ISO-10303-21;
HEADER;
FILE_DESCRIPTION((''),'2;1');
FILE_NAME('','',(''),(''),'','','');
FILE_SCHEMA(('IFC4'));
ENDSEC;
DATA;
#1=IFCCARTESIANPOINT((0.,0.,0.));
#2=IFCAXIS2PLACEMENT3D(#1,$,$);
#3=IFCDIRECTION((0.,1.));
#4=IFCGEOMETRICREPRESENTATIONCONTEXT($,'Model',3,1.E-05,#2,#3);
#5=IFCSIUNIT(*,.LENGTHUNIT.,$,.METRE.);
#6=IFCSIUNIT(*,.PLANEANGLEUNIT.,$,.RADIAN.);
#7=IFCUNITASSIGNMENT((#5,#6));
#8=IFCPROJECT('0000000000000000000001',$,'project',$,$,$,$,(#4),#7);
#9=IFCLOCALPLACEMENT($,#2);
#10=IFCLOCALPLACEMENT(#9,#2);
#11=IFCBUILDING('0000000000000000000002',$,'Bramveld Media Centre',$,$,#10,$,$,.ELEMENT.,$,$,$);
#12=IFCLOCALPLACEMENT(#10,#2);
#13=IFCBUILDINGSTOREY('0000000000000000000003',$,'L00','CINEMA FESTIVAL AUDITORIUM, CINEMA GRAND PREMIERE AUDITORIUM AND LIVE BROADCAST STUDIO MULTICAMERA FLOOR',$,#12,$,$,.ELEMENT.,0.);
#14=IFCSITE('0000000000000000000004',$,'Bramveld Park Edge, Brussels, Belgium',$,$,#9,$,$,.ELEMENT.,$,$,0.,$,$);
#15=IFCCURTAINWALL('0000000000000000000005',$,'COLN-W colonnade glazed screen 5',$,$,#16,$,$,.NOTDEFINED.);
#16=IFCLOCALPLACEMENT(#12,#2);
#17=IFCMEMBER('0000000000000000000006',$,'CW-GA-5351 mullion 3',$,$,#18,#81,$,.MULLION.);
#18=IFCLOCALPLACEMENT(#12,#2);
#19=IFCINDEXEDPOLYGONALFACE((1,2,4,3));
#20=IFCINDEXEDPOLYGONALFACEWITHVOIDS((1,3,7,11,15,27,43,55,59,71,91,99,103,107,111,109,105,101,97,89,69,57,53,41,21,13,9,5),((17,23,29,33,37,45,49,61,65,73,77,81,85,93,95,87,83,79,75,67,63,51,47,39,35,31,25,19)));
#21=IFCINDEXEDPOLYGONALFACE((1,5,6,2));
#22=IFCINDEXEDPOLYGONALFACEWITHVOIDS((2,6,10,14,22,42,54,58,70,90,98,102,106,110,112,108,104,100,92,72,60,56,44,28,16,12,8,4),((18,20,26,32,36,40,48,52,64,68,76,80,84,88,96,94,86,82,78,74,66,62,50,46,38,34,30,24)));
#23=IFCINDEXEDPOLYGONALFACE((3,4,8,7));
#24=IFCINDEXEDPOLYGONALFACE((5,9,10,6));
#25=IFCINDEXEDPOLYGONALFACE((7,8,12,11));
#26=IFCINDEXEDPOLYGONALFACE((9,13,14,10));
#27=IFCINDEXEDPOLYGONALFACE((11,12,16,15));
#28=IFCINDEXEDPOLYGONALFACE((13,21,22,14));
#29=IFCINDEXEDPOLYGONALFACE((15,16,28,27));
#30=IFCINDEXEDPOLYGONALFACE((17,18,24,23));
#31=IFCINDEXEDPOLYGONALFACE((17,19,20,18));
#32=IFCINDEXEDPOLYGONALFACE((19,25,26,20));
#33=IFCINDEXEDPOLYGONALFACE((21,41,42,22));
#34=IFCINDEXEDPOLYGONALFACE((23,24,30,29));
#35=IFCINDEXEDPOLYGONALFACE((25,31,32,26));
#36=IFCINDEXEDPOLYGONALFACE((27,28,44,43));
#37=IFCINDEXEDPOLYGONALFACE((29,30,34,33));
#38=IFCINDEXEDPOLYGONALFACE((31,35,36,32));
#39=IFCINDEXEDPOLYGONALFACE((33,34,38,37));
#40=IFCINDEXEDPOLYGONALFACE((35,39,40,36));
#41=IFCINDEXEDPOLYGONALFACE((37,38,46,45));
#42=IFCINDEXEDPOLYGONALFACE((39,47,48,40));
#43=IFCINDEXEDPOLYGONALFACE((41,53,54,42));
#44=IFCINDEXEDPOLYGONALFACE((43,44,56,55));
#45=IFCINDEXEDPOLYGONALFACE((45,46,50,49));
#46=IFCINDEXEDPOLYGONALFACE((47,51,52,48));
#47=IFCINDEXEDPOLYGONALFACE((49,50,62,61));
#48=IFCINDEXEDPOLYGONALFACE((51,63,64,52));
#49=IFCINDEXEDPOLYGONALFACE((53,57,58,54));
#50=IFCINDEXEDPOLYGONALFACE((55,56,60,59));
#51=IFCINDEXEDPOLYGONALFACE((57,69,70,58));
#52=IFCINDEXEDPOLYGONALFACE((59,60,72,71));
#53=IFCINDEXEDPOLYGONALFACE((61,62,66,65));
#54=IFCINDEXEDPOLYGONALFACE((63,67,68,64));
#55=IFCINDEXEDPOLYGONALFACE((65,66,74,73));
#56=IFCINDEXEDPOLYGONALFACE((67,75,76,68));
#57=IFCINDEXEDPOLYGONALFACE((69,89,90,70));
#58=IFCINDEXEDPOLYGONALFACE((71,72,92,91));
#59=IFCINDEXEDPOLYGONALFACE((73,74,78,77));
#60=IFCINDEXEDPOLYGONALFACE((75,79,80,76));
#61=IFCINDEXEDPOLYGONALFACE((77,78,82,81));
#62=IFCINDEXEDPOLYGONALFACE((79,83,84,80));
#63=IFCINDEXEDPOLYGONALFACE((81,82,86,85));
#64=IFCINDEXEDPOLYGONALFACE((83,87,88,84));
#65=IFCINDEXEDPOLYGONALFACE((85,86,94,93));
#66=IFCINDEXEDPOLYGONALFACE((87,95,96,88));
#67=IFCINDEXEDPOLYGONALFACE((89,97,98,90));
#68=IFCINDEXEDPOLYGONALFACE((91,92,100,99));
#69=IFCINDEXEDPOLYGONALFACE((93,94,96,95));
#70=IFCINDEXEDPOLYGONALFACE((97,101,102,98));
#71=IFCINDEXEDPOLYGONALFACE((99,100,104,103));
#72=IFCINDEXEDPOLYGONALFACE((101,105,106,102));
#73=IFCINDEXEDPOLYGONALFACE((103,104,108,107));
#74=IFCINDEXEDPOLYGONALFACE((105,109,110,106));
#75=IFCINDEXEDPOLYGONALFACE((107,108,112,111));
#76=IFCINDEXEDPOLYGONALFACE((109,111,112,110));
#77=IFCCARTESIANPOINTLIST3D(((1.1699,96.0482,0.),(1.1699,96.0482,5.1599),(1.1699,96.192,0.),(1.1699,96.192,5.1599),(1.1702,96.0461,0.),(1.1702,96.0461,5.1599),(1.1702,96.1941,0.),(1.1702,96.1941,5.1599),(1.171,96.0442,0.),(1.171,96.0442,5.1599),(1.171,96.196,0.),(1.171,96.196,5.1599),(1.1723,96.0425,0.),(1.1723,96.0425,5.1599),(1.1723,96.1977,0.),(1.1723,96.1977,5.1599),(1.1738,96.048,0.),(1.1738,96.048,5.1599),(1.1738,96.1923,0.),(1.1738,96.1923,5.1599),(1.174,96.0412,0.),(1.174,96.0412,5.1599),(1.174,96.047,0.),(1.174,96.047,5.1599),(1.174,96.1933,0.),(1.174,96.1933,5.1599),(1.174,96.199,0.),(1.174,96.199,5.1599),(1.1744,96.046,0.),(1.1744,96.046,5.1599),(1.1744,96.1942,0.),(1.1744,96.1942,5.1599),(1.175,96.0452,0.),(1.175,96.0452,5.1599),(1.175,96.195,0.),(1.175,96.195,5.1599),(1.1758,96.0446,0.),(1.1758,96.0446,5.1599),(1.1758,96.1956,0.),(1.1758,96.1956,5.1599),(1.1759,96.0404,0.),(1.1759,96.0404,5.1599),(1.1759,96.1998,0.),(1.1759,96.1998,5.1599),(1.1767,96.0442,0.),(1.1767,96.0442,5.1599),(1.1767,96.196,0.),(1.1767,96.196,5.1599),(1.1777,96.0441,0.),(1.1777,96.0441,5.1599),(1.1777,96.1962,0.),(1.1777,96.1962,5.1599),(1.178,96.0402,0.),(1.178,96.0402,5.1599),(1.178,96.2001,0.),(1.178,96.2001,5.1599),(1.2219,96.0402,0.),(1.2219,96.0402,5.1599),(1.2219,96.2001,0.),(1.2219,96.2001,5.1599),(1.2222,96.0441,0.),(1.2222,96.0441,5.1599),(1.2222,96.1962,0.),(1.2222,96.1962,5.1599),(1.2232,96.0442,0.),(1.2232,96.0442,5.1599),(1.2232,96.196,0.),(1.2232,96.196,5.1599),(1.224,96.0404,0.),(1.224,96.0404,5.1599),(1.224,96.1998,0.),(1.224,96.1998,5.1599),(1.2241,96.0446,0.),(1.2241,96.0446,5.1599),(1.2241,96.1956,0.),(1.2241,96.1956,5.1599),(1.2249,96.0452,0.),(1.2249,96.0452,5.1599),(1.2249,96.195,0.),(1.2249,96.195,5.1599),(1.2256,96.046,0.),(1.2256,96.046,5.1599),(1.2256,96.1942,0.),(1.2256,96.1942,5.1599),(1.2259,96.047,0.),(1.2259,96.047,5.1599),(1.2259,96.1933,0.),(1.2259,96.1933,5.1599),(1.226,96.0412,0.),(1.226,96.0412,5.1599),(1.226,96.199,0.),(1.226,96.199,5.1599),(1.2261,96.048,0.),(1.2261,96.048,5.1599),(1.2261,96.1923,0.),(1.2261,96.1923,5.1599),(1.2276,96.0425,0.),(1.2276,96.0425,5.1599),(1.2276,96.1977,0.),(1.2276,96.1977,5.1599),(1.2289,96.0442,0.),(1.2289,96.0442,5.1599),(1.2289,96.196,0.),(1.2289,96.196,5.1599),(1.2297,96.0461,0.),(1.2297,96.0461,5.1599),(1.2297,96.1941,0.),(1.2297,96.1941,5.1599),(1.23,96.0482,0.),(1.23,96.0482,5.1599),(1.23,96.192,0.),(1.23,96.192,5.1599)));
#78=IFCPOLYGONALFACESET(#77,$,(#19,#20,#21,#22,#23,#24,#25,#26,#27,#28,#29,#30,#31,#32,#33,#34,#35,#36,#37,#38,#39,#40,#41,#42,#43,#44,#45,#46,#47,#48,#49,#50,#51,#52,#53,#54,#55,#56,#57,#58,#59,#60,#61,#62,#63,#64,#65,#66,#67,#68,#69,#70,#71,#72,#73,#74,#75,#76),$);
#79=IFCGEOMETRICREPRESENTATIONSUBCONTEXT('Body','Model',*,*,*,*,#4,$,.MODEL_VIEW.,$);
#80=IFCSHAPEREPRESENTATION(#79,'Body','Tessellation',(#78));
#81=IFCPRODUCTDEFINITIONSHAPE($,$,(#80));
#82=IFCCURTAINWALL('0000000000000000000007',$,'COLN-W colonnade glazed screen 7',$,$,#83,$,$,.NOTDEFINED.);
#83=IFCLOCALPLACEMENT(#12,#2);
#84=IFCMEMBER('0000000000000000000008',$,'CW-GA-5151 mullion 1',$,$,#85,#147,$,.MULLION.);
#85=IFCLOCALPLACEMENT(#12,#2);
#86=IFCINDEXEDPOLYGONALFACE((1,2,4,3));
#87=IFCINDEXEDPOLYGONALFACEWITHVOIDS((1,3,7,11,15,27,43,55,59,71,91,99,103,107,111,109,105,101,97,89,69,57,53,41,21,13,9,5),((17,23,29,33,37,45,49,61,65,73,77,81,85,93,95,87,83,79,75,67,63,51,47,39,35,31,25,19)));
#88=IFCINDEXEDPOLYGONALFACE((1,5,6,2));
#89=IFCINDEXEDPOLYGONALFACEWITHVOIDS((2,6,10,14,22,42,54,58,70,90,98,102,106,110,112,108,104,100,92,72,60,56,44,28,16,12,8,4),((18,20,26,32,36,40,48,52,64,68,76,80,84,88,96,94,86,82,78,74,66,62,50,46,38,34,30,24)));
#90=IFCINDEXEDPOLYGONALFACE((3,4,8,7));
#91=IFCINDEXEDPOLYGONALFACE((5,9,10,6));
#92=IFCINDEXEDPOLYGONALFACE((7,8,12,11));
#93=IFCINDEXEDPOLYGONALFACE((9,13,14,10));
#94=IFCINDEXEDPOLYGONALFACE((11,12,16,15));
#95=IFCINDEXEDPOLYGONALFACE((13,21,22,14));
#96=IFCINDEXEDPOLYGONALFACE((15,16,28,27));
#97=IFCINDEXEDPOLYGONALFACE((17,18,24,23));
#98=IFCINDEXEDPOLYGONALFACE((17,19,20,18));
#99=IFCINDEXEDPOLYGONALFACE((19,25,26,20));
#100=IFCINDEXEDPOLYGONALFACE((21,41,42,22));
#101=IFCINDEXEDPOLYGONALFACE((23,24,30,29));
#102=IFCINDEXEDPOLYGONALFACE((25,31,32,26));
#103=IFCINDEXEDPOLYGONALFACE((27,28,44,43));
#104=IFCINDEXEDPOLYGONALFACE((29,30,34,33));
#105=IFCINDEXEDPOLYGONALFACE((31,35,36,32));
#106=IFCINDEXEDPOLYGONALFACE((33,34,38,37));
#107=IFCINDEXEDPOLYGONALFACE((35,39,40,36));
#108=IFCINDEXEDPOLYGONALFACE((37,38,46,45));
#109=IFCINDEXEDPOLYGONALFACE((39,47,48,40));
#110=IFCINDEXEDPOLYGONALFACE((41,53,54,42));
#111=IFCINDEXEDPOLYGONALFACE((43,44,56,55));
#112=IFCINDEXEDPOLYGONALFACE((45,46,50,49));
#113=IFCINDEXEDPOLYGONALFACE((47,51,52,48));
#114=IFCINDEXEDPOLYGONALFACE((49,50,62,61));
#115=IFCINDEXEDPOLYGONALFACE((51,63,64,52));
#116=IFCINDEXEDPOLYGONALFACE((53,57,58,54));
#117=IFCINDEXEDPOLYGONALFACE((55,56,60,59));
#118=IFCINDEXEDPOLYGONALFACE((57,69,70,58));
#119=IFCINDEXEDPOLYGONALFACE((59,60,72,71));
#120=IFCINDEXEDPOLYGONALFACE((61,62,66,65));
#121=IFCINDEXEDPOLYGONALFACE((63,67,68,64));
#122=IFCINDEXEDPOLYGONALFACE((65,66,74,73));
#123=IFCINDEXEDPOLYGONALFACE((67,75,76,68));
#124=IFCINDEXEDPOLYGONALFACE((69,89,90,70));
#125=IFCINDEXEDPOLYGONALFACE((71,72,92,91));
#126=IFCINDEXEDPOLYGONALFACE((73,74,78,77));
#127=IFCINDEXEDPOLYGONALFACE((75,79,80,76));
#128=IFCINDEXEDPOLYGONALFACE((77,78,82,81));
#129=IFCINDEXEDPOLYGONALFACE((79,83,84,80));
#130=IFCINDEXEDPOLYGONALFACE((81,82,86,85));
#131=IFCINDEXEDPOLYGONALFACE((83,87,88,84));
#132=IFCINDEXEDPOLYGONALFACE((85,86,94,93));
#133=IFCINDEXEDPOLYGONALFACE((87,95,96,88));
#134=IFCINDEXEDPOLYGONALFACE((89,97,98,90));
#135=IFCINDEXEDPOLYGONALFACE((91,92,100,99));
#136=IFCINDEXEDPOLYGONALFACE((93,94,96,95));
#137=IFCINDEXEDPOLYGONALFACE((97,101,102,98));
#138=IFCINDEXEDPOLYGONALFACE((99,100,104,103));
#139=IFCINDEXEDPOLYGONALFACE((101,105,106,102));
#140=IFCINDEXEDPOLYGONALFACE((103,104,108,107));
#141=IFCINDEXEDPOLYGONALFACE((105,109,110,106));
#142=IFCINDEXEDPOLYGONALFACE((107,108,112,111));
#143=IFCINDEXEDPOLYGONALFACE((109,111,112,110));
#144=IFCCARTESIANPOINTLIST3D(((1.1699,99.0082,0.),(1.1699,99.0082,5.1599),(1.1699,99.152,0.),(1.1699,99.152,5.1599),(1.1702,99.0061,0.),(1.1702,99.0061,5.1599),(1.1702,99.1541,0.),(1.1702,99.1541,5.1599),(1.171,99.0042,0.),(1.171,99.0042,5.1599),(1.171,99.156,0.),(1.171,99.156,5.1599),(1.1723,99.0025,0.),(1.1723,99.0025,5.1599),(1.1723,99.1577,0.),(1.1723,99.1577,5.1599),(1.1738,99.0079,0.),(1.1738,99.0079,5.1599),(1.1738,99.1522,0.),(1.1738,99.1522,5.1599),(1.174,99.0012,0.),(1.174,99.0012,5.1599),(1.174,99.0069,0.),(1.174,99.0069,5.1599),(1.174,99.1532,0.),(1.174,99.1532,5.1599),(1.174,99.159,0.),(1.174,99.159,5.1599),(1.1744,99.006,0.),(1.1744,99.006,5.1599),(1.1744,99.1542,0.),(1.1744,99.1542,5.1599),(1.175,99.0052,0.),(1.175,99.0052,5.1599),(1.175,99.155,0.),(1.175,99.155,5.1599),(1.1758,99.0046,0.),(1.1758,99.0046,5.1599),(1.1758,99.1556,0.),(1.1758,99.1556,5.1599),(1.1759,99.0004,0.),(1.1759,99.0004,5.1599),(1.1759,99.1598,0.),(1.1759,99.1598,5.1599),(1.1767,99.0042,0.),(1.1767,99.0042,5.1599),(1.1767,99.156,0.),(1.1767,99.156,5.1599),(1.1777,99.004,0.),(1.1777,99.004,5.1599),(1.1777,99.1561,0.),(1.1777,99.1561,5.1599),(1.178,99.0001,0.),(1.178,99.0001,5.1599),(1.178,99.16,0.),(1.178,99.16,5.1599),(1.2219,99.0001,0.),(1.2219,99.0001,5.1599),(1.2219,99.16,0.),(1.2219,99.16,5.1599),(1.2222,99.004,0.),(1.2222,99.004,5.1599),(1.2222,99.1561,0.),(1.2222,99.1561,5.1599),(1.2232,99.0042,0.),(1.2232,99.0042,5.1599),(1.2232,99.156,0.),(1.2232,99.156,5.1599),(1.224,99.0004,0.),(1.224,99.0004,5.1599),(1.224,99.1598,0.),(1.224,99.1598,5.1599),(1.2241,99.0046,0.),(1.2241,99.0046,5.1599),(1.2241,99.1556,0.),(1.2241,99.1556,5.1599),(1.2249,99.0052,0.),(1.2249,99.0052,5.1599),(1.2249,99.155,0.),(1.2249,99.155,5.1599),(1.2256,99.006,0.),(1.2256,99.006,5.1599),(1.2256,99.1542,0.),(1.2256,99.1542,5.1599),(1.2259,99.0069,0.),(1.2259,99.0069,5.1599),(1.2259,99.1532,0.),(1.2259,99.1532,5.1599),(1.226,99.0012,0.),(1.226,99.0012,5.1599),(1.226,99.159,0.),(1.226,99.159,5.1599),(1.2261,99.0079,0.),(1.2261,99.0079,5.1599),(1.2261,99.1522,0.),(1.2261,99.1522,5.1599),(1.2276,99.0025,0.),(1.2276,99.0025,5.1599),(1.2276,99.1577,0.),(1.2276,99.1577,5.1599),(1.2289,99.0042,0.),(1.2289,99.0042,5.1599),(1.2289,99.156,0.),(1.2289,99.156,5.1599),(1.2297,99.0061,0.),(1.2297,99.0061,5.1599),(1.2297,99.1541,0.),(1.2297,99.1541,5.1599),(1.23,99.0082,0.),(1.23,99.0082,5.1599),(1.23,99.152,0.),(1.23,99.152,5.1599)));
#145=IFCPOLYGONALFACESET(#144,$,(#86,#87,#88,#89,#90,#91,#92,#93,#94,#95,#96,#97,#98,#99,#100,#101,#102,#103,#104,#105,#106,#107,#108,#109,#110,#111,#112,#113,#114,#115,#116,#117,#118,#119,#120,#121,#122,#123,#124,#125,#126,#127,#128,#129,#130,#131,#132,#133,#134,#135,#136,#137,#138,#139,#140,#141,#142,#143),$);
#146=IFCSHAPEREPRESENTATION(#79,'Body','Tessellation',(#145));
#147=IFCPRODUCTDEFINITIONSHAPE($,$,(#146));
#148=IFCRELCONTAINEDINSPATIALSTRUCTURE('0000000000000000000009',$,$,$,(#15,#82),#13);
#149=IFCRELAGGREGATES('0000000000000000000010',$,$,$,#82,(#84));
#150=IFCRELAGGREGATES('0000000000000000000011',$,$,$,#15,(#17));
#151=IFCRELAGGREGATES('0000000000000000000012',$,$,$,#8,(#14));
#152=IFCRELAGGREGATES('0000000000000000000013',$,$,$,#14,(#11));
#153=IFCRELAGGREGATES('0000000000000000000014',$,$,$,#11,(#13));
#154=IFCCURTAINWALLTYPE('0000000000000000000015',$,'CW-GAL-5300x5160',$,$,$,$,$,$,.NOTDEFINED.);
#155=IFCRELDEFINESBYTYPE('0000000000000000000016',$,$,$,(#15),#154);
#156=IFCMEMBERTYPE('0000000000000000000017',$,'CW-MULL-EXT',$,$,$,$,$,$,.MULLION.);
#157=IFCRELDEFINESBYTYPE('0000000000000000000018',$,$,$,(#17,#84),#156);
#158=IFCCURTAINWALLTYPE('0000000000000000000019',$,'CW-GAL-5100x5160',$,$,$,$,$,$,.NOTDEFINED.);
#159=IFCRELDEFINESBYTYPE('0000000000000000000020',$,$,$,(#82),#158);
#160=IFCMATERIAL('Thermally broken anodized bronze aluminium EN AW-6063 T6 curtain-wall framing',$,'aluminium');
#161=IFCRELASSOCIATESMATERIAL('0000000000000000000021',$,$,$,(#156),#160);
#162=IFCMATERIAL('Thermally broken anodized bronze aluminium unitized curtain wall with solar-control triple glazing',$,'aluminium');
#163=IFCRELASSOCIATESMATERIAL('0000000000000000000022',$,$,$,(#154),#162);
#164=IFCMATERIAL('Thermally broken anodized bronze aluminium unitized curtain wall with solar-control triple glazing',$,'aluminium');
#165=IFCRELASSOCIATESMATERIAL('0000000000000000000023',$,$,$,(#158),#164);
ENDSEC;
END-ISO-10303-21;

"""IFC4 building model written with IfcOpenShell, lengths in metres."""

from ifc_helpers import new_model, si_unit, direction, frame, origin, origin_2d, place, context, subcontext, project, spatial, hollow_rectangle, extrude, material, material_profile, profile_set, type_object, element, aggregate, save


model = new_model("IFC4")

# Units and contexts
model_context = context("Model", 3, precision=1e-05, world=origin(), true_north=direction((0.0, 1.0)))
body_context = subcontext(model_context, "Body", "Model", "MODEL_VIEW")
ifc_project = project(units=[si_unit("LENGTHUNIT", "METRE"), si_unit("PLANEANGLEUNIT", "RADIAN")], contexts=[model_context])

# Site, building, storey
site_placement = place(None, origin())
site = spatial("IfcSite", under=ifc_project, at=site_placement, Name="Bramveld Park Edge, Brussels, Belgium", CompositionType="ELEMENT", RefElevation=0.0)
building_placement = place(site_placement, origin())
building = spatial("IfcBuilding", under=site, at=building_placement, Name="Bramveld Media Centre", CompositionType="ELEMENT")
storey_placement = place(building_placement, origin())
storey = spatial("IfcBuildingStorey", under=building, at=storey_placement, Name="L00", Description="CINEMA FESTIVAL AUDITORIUM, CINEMA GRAND PREMIERE AUDITORIUM AND LIVE BROADCAST STUDIO MULTICAMERA FLOOR", CompositionType="ELEMENT", Elevation=0.0)

# Shared definitions
ifc_material_1 = material(Name="Thermally broken anodized bronze aluminium EN AW-6063 T6 curtain-wall framing", Category="aluminium")
ifc_material_profile_1 = material_profile(ifc_material_1, hollow_rectangle(XDim=0.0601, YDim=0.1599, WallThickness=0.0039, InnerFilletRadius=0.0039, OuterFilletRadius=0.0081, at=origin_2d()), Name="AL-MULL 60x160")
ifc_profile_set_1 = profile_set([ifc_material_profile_1], Name="Thermally broken anodized bronze aluminium EN AW-6063 T6 curtain-wall framing")
member_type_1 = type_object("IfcMemberType", Name="CW-MULL-EXT", PredefinedType="MULLION", material=ifc_profile_set_1)

# Curtain wall, member
ifc_material_2 = material(Name="Thermally broken anodized bronze aluminium unitized curtain wall with solar-control triple glazing", Category="aluminium")
curtain_wall_type_1 = type_object("IfcCurtainWallType", Name="CW-GAL-5300x5160", PredefinedType="NOTDEFINED", material=ifc_material_2)
curtain_wall_1_placement = place(storey_placement, origin())
curtain_wall_1 = element("IfcCurtainWall", 1, at=curtain_wall_1_placement, inside=storey, type_object=curtain_wall_type_1, Name="COLN-W colonnade glazed screen 5", PredefinedType="NOTDEFINED")
member_1_placement = place(storey_placement, frame((1.2, 96.1201, 0.0), z_axis=(0.0, 0.0, 1.0), x_axis=(-1.0, 0.0, 0.0)))
member_1 = element("IfcMember", 2, at=member_1_placement, type_object=member_type_1, Name="CW-GA-5351 mullion 3", PredefinedType="MULLION", context=body_context, shape_type="SweptSolid", body=[
    extrude(hollow_rectangle(XDim=0.0601, YDim=0.1599, WallThickness=0.0039, InnerFilletRadius=0.0039, OuterFilletRadius=0.0081, at=origin_2d()), origin(), (0.0, 0.0, 1.0), 5.1599),
])

# Curtain wall, member
ifc_material_3 = material(Name="Thermally broken anodized bronze aluminium unitized curtain wall with solar-control triple glazing", Category="aluminium")
curtain_wall_type_2 = type_object("IfcCurtainWallType", Name="CW-GAL-5100x5160", PredefinedType="NOTDEFINED", material=ifc_material_3)
curtain_wall_2_placement = place(storey_placement, origin())
curtain_wall_2 = element("IfcCurtainWall", 3, at=curtain_wall_2_placement, inside=storey, type_object=curtain_wall_type_2, Name="COLN-W colonnade glazed screen 7", PredefinedType="NOTDEFINED")
member_2_placement = place(storey_placement, frame((1.2, 99.0801, 0.0), z_axis=(0.0, 0.0, 1.0), x_axis=(-1.0, 0.0, 0.0)))
member_2 = element("IfcMember", 4, at=member_2_placement, type_object=member_type_1, Name="CW-GA-5151 mullion 1", PredefinedType="MULLION", context=body_context, shape_type="SweptSolid", body=[
    extrude(hollow_rectangle(XDim=0.0601, YDim=0.1599, WallThickness=0.0039, InnerFilletRadius=0.0039, OuterFilletRadius=0.0081, at=origin_2d()), origin(), (0.0, 0.0, 1.0), 5.1599),
])
aggregate(curtain_wall_2, [member_2])

aggregate(curtain_wall_1, [member_1])

save(model, "model.ifc")
